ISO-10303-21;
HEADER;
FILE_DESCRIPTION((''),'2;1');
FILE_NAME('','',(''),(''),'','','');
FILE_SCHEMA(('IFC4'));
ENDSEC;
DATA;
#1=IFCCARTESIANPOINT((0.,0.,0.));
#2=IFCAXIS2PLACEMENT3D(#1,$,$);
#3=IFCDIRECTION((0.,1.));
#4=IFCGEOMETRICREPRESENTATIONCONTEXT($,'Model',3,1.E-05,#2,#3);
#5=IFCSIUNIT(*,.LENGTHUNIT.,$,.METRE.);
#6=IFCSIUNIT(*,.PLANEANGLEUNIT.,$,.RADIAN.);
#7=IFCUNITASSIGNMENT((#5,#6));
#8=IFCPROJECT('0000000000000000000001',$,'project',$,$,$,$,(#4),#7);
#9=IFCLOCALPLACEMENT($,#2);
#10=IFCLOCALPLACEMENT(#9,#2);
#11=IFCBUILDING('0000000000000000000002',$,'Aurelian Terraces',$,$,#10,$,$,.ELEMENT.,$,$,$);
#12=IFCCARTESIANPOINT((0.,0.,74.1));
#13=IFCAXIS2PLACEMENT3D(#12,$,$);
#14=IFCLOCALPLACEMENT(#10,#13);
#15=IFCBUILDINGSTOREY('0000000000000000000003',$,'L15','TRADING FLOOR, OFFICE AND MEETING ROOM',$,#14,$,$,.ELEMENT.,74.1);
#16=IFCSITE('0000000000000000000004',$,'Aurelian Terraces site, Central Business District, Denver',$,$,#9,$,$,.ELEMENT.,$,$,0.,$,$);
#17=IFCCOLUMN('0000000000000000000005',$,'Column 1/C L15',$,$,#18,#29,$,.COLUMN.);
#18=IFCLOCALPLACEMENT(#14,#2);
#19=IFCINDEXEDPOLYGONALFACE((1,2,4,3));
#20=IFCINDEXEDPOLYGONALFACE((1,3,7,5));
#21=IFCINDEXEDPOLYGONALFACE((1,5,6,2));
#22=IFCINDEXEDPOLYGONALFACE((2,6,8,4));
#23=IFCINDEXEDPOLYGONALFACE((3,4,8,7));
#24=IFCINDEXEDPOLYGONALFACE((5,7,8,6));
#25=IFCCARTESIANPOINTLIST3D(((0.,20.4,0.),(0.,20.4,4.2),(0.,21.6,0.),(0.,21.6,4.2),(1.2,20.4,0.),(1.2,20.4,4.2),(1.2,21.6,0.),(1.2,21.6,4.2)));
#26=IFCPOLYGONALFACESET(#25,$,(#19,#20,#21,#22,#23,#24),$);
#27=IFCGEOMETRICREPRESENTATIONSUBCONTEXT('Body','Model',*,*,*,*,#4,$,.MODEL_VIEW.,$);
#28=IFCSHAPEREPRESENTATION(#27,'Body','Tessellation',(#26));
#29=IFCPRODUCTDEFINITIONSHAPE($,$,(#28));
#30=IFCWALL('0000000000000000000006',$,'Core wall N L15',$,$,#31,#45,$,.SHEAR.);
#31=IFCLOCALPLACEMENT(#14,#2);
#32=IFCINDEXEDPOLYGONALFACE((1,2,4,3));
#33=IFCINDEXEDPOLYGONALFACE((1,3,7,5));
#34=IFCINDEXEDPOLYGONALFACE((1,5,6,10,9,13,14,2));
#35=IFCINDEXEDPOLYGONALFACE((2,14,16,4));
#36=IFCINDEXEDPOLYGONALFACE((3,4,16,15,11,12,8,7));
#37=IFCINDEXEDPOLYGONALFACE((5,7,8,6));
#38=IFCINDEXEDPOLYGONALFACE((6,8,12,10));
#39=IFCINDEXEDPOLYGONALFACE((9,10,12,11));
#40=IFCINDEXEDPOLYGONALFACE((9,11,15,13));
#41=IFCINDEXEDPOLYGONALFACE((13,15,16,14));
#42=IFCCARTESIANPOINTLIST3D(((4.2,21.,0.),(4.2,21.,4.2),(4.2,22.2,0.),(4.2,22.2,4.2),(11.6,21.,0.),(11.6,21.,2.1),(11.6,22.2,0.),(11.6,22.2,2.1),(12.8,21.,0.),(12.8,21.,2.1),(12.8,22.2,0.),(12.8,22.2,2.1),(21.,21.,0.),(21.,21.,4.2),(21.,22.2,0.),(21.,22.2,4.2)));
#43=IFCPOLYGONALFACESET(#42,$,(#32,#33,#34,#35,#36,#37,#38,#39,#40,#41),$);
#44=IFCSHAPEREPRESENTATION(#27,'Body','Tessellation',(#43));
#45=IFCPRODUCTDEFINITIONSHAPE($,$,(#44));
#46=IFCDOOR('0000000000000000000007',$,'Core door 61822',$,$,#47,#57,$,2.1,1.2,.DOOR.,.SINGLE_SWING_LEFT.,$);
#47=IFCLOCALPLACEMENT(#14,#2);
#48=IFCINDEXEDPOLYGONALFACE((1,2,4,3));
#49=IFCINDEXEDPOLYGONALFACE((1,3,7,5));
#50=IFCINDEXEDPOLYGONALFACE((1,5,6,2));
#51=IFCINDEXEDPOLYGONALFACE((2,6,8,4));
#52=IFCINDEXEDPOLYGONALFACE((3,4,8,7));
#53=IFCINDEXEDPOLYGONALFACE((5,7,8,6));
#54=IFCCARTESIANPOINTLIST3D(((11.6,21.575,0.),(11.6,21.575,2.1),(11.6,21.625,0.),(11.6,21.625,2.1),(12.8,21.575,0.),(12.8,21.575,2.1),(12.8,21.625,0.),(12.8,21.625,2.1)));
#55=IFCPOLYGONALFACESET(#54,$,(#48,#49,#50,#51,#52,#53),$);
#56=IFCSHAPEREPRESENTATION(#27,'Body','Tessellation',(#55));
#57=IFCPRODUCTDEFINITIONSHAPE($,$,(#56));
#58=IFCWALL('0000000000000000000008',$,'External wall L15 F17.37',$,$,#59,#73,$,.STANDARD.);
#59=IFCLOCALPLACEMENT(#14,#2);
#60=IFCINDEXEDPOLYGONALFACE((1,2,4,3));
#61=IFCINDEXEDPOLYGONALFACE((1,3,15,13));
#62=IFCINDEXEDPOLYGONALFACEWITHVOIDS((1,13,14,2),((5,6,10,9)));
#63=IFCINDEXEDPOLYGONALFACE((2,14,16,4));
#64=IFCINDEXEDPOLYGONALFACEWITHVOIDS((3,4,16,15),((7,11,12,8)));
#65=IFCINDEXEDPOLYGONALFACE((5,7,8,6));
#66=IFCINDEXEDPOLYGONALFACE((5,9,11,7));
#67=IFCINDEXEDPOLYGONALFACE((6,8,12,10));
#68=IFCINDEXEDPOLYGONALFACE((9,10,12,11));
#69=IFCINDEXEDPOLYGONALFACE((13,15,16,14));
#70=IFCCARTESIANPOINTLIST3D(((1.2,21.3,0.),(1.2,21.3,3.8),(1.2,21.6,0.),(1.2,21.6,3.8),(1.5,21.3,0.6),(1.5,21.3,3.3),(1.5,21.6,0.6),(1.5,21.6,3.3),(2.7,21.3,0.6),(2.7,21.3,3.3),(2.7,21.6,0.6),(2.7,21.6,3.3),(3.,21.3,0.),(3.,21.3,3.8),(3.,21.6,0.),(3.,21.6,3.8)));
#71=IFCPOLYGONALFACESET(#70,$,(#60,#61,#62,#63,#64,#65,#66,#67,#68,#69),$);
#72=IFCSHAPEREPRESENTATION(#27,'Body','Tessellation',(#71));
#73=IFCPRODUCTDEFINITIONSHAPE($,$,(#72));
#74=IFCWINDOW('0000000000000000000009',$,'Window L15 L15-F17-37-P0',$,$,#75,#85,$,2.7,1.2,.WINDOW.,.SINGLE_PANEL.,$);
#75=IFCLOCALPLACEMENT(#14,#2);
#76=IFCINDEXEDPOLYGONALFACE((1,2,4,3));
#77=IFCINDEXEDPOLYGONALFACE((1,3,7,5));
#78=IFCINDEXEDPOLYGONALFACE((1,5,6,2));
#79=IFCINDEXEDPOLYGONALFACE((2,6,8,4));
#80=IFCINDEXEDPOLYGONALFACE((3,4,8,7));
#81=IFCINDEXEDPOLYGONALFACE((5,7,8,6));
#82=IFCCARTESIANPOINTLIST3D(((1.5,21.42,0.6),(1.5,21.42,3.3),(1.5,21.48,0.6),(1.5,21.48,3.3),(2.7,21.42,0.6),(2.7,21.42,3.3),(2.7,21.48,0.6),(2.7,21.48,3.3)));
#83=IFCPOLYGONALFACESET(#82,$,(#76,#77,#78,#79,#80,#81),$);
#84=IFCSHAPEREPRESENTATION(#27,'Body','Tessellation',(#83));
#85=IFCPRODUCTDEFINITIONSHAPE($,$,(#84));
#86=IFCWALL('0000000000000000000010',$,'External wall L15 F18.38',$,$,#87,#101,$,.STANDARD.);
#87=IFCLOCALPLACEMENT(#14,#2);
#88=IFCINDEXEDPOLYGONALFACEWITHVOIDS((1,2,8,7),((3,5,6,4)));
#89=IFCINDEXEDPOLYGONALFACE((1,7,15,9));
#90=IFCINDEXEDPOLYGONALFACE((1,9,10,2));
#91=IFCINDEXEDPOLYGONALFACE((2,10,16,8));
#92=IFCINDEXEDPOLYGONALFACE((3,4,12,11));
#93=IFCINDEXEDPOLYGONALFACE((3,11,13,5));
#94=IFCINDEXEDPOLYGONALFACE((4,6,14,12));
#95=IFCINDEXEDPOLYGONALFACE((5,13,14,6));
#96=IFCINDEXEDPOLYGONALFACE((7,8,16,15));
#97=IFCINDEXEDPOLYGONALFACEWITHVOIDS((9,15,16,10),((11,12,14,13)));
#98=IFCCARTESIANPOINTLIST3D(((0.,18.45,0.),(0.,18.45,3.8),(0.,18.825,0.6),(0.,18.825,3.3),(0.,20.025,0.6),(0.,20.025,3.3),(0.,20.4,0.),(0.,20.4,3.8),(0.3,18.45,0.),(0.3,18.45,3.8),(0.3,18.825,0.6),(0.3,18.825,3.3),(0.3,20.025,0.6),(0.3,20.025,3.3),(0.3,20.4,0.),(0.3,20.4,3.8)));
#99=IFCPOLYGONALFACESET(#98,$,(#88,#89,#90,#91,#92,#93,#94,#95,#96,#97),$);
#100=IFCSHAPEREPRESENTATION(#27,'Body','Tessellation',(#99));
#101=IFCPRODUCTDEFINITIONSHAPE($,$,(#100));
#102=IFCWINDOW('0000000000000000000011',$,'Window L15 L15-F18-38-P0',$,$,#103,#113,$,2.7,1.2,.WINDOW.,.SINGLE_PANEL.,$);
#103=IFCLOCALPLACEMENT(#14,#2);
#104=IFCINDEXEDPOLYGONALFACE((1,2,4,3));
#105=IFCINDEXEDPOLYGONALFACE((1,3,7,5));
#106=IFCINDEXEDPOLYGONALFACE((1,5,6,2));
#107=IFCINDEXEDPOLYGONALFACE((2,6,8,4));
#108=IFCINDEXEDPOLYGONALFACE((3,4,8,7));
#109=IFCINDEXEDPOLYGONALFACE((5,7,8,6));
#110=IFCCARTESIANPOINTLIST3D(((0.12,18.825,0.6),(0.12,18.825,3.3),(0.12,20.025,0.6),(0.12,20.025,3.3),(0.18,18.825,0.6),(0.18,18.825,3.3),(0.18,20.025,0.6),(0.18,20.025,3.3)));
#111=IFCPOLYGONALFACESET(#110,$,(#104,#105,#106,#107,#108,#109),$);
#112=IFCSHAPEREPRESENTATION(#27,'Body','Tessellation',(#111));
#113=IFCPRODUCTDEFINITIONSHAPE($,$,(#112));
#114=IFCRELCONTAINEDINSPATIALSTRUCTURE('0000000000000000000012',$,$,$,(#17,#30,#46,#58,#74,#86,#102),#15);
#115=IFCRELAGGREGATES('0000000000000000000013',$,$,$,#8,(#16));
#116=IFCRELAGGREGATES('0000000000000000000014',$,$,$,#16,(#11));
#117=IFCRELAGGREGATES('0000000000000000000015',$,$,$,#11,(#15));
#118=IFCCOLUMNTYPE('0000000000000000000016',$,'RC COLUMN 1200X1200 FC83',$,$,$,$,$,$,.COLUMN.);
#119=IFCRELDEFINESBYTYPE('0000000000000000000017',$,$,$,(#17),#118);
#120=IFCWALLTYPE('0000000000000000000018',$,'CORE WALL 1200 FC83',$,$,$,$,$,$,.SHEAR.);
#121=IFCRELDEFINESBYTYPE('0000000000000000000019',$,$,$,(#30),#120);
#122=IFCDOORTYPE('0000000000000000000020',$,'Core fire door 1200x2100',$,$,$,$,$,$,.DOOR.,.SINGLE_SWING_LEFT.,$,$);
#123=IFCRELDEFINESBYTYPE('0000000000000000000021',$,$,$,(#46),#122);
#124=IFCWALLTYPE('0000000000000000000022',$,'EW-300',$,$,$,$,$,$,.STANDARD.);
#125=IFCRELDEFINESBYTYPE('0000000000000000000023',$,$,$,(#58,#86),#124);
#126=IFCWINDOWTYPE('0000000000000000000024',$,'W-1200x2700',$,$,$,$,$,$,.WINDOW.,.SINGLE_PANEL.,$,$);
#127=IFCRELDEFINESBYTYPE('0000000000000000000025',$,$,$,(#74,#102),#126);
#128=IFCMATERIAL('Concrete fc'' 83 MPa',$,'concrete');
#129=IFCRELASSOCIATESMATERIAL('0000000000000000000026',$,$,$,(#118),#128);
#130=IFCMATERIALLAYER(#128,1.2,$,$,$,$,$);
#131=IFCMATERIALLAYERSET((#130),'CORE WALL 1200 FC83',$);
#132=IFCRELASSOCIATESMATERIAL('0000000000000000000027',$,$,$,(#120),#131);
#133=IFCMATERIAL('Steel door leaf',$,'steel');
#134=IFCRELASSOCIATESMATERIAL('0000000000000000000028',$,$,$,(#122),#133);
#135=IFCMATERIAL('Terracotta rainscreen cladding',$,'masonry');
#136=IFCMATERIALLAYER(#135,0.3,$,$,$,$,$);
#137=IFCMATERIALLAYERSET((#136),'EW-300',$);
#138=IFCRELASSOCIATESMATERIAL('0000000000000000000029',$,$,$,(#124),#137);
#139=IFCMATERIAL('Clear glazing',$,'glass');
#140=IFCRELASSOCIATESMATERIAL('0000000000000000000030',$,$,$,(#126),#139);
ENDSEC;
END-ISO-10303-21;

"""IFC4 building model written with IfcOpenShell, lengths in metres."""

from ifc_helpers import new_model, si_unit, direction, frame, frame_2d, origin, origin_2d, place, context, subcontext, project, spatial, rectangle, extrude, source, transform, mapped, material, layer, layer_set, material_profile, profile_set, type_object, element, fill, save


model = new_model("IFC4")

# Units and contexts
model_context = context("Model", 3, precision=1e-05, world=origin(), true_north=direction((0.0, 1.0)))
body_context = subcontext(model_context, "Body", "Model", "MODEL_VIEW")
ifc_project = project(units=[si_unit("LENGTHUNIT", "METRE"), si_unit("PLANEANGLEUNIT", "RADIAN")], contexts=[model_context])

# Site, building, storey
site_placement = place(None, origin())
site = spatial("IfcSite", under=ifc_project, at=site_placement, Name="Aurelian Terraces site, Central Business District, Denver", CompositionType="ELEMENT", RefElevation=0.0)
building_placement = place(site_placement, origin())
building = spatial("IfcBuilding", under=site, at=building_placement, Name="Aurelian Terraces", CompositionType="ELEMENT")
storey_placement = place(building_placement, frame((0.0, 0.0, 74.1)))
storey = spatial("IfcBuildingStorey", under=building, at=storey_placement, Name="L15", Description="TRADING FLOOR, OFFICE AND MEETING ROOM", CompositionType="ELEMENT", Elevation=74.1)

# Column
ifc_material_1 = material(Name="Concrete fc' 83 MPa", Category="concrete")
ifc_material_profile = material_profile(ifc_material_1, rectangle(XDim=1.2, YDim=1.2, at=origin_2d()))
ifc_profile_set = profile_set([ifc_material_profile], Name="Concrete fc' 83 MPa")
column_type = type_object("IfcColumnType", Name="RC COLUMN 1200X1200 FC83", PredefinedType="COLUMN", material=ifc_profile_set)
shared_shape_1 = source(origin(), body_context, "Body", "SweptSolid", [
    extrude(rectangle(XDim=1.2, YDim=1.2, at=origin_2d()), origin(), (0.0, 0.0, 1.0), 4.2),
])
column_placement = place(storey_placement, frame((0.6, 21.0, 0.0), z_axis=(0.0, 0.0, 1.0), x_axis=(1.0, 0.0, 0.0)))
element("IfcColumn", 1, at=column_placement, inside=storey, type_object=column_type, Name="Column 1/C L15", PredefinedType="COLUMN", context=body_context, shape_type="MappedRepresentation", body=[
    mapped(shared_shape_1, transform((0.0, 0.0, 0.0), scale=1.0)),
])

# Wall, opening, door
ifc_layer_1 = layer(ifc_material_1, 1.2)
ifc_layer_set_1 = layer_set([ifc_layer_1], Name="CORE WALL 1200 FC83")
wall_type_1 = type_object("IfcWallType", Name="CORE WALL 1200 FC83", PredefinedType="SHEAR", material=ifc_layer_set_1)
shared_shape_2 = source(origin(), body_context, "Body", "SweptSolid", [
    extrude(rectangle(XDim=16.8, YDim=1.2, at=frame_2d((8.4, 0.0))), origin(), (0.0, 0.0, 1.0), 4.2),
])
wall_1_placement = place(storey_placement, frame((4.2, 21.6, 0.0), z_axis=(0.0, 0.0, 1.0), x_axis=(1.0, 0.0, 0.0)))
wall_1 = element("IfcWall", 2, at=wall_1_placement, inside=storey, type_object=wall_type_1, Name="Core wall N L15", PredefinedType="SHEAR", context=body_context, shape_type="MappedRepresentation", body=[
    mapped(shared_shape_2, transform((0.0, 0.0, 0.0), scale=1.0)),
])
shared_shape_3 = source(origin(), body_context, "Body", "SweptSolid", [
    extrude(rectangle(XDim=1.2, YDim=2.1, at=frame_2d((0.6, 1.05))), frame((0.0, 0.61, 0.0), z_axis=(0.0, -1.0, 0.0), x_axis=(1.0, 0.0, 0.0)), (0.0, 0.0, 1.0), 1.22),
])
opening_1_placement = place(wall_1_placement, frame((7.4, 0.0, 0.0)))
opening_1 = element("IfcOpeningElement", 3, at=opening_1_placement, cuts=wall_1, PredefinedType="OPENING", context=body_context, shape_type="MappedRepresentation", body=[
    mapped(shared_shape_3, transform((0.0, 0.0, 0.0), scale=1.0)),
])
ifc_material_2 = material(Name="Steel door leaf", Category="steel")
door_type_1 = type_object("IfcDoorType", Name="Core fire door 1200x2100", OperationType="SINGLE_SWING_LEFT", PredefinedType="DOOR", material=ifc_material_2)
shared_shape_4 = source(origin(), body_context, "Body", "SweptSolid", [
    extrude(rectangle(XDim=1.2, YDim=2.1, at=frame_2d((0.6, 1.05))), frame((0.0, 0.025, 0.0), z_axis=(0.0, -1.0, 0.0), x_axis=(1.0, 0.0, 0.0)), (0.0, 0.0, 1.0), 0.05),
])
door_1_placement = place(opening_1_placement, origin())
door_1 = element("IfcDoor", 4, at=door_1_placement, inside=storey, type_object=door_type_1, Name="Core door 61822", OperationType="SINGLE_SWING_LEFT", OverallHeight=2.1, OverallWidth=1.2, PredefinedType="DOOR", context=body_context, shape_type="MappedRepresentation", body=[
    mapped(shared_shape_4, transform((0.0, 0.0, 0.0), scale=1.0)),
])
fill(opening_1, door_1)

# Walls, openings, windows
ifc_material_3 = material(Name="Terracotta rainscreen cladding", Category="masonry")
ifc_layer_2 = layer(ifc_material_3, 0.3)
ifc_layer_set_2 = layer_set([ifc_layer_2], Name="EW-300")
wall_type_2 = type_object("IfcWallType", Name="EW-300", PredefinedType="STANDARD", material=ifc_layer_set_2)
shared_shape_5 = source(origin(), body_context, "Body", "SweptSolid", [
    extrude(rectangle(XDim=1.8, YDim=0.3, at=frame_2d((0.9, 0.0))), origin(), (0.0, 0.0, 1.0), 3.8),
])
wall_2_placement = place(storey_placement, frame((3.0, 21.45, 0.0), z_axis=(0.0, 0.0, 1.0), x_axis=(-1.0, 0.0, 0.0)))
wall_2 = element("IfcWall", 5, at=wall_2_placement, inside=storey, type_object=wall_type_2, Name="External wall L15 F17.37", PredefinedType="STANDARD", context=body_context, shape_type="MappedRepresentation", body=[
    mapped(shared_shape_5, transform((0.0, 0.0, 0.0), scale=1.0)),
])
shared_shape_6 = source(origin(), body_context, "Body", "SweptSolid", [
    extrude(rectangle(XDim=1.2, YDim=2.7, at=frame_2d((0.6, 1.35))), frame((0.0, 0.16, 0.0), z_axis=(0.0, -1.0, 0.0), x_axis=(1.0, 0.0, 0.0)), (0.0, 0.0, 1.0), 0.32),
])
opening_2_placement = place(wall_2_placement, frame((0.3, 0.0, 0.6)))
opening_2 = element("IfcOpeningElement", 6, at=opening_2_placement, cuts=wall_2, PredefinedType="OPENING", context=body_context, shape_type="MappedRepresentation", body=[
    mapped(shared_shape_6, transform((0.0, 0.0, 0.0), scale=1.0)),
])
ifc_material_4 = material(Name="Clear glazing", Category="glass")
window_type_1 = type_object("IfcWindowType", Name="W-1200x2700", PartitioningType="SINGLE_PANEL", PredefinedType="WINDOW", material=ifc_material_4)
shared_shape_7 = source(origin(), body_context, "Body", "SweptSolid", [
    extrude(rectangle(XDim=1.2, YDim=2.7, at=frame_2d((0.6, 1.35))), frame((0.0, 0.03, 0.0), z_axis=(0.0, -1.0, 0.0), x_axis=(1.0, 0.0, 0.0)), (0.0, 0.0, 1.0), 0.06),
])
window_1_placement = place(opening_2_placement, origin())
window_1 = element("IfcWindow", 7, at=window_1_placement, inside=storey, type_object=window_type_1, Name="Window L15 L15-F17-37-P0", OverallHeight=2.7, OverallWidth=1.2, PartitioningType="SINGLE_PANEL", PredefinedType="WINDOW", context=body_context, shape_type="MappedRepresentation", body=[
    mapped(shared_shape_7, transform((0.0, 0.0, 0.0), scale=1.0)),
])
fill(opening_2, window_1)
shared_shape_8 = source(origin(), body_context, "Body", "SweptSolid", [
    extrude(rectangle(XDim=1.95, YDim=0.3, at=frame_2d((0.975, 0.0))), origin(), (0.0, 0.0, 1.0), 3.8),
])
wall_3_placement = place(storey_placement, frame((0.15, 20.4, 0.0), z_axis=(0.0, 0.0, 1.0), x_axis=(0.0, -1.0, 0.0)))
wall_3 = element("IfcWall", 8, at=wall_3_placement, inside=storey, type_object=wall_type_2, Name="External wall L15 F18.38", PredefinedType="STANDARD", context=body_context, shape_type="MappedRepresentation", body=[
    mapped(shared_shape_8, transform((0.0, 0.0, 0.0), scale=1.0)),
])
opening_3_placement = place(wall_3_placement, frame((0.375, 0.0, 0.6)))
opening_3 = element("IfcOpeningElement", 9, at=opening_3_placement, cuts=wall_3, PredefinedType="OPENING", context=body_context, shape_type="MappedRepresentation", body=[
    mapped(shared_shape_6, transform((0.0, 0.0, 0.0), scale=1.0)),
])
window_2_placement = place(opening_3_placement, origin())
window_2 = element("IfcWindow", 10, at=window_2_placement, inside=storey, type_object=window_type_1, Name="Window L15 L15-F18-38-P0", OverallHeight=2.7, OverallWidth=1.2, PartitioningType="SINGLE_PANEL", PredefinedType="WINDOW", context=body_context, shape_type="MappedRepresentation", body=[
    mapped(shared_shape_7, transform((0.0, 0.0, 0.0), scale=1.0)),
])
fill(opening_3, window_2)

save(model, "model.ifc")
